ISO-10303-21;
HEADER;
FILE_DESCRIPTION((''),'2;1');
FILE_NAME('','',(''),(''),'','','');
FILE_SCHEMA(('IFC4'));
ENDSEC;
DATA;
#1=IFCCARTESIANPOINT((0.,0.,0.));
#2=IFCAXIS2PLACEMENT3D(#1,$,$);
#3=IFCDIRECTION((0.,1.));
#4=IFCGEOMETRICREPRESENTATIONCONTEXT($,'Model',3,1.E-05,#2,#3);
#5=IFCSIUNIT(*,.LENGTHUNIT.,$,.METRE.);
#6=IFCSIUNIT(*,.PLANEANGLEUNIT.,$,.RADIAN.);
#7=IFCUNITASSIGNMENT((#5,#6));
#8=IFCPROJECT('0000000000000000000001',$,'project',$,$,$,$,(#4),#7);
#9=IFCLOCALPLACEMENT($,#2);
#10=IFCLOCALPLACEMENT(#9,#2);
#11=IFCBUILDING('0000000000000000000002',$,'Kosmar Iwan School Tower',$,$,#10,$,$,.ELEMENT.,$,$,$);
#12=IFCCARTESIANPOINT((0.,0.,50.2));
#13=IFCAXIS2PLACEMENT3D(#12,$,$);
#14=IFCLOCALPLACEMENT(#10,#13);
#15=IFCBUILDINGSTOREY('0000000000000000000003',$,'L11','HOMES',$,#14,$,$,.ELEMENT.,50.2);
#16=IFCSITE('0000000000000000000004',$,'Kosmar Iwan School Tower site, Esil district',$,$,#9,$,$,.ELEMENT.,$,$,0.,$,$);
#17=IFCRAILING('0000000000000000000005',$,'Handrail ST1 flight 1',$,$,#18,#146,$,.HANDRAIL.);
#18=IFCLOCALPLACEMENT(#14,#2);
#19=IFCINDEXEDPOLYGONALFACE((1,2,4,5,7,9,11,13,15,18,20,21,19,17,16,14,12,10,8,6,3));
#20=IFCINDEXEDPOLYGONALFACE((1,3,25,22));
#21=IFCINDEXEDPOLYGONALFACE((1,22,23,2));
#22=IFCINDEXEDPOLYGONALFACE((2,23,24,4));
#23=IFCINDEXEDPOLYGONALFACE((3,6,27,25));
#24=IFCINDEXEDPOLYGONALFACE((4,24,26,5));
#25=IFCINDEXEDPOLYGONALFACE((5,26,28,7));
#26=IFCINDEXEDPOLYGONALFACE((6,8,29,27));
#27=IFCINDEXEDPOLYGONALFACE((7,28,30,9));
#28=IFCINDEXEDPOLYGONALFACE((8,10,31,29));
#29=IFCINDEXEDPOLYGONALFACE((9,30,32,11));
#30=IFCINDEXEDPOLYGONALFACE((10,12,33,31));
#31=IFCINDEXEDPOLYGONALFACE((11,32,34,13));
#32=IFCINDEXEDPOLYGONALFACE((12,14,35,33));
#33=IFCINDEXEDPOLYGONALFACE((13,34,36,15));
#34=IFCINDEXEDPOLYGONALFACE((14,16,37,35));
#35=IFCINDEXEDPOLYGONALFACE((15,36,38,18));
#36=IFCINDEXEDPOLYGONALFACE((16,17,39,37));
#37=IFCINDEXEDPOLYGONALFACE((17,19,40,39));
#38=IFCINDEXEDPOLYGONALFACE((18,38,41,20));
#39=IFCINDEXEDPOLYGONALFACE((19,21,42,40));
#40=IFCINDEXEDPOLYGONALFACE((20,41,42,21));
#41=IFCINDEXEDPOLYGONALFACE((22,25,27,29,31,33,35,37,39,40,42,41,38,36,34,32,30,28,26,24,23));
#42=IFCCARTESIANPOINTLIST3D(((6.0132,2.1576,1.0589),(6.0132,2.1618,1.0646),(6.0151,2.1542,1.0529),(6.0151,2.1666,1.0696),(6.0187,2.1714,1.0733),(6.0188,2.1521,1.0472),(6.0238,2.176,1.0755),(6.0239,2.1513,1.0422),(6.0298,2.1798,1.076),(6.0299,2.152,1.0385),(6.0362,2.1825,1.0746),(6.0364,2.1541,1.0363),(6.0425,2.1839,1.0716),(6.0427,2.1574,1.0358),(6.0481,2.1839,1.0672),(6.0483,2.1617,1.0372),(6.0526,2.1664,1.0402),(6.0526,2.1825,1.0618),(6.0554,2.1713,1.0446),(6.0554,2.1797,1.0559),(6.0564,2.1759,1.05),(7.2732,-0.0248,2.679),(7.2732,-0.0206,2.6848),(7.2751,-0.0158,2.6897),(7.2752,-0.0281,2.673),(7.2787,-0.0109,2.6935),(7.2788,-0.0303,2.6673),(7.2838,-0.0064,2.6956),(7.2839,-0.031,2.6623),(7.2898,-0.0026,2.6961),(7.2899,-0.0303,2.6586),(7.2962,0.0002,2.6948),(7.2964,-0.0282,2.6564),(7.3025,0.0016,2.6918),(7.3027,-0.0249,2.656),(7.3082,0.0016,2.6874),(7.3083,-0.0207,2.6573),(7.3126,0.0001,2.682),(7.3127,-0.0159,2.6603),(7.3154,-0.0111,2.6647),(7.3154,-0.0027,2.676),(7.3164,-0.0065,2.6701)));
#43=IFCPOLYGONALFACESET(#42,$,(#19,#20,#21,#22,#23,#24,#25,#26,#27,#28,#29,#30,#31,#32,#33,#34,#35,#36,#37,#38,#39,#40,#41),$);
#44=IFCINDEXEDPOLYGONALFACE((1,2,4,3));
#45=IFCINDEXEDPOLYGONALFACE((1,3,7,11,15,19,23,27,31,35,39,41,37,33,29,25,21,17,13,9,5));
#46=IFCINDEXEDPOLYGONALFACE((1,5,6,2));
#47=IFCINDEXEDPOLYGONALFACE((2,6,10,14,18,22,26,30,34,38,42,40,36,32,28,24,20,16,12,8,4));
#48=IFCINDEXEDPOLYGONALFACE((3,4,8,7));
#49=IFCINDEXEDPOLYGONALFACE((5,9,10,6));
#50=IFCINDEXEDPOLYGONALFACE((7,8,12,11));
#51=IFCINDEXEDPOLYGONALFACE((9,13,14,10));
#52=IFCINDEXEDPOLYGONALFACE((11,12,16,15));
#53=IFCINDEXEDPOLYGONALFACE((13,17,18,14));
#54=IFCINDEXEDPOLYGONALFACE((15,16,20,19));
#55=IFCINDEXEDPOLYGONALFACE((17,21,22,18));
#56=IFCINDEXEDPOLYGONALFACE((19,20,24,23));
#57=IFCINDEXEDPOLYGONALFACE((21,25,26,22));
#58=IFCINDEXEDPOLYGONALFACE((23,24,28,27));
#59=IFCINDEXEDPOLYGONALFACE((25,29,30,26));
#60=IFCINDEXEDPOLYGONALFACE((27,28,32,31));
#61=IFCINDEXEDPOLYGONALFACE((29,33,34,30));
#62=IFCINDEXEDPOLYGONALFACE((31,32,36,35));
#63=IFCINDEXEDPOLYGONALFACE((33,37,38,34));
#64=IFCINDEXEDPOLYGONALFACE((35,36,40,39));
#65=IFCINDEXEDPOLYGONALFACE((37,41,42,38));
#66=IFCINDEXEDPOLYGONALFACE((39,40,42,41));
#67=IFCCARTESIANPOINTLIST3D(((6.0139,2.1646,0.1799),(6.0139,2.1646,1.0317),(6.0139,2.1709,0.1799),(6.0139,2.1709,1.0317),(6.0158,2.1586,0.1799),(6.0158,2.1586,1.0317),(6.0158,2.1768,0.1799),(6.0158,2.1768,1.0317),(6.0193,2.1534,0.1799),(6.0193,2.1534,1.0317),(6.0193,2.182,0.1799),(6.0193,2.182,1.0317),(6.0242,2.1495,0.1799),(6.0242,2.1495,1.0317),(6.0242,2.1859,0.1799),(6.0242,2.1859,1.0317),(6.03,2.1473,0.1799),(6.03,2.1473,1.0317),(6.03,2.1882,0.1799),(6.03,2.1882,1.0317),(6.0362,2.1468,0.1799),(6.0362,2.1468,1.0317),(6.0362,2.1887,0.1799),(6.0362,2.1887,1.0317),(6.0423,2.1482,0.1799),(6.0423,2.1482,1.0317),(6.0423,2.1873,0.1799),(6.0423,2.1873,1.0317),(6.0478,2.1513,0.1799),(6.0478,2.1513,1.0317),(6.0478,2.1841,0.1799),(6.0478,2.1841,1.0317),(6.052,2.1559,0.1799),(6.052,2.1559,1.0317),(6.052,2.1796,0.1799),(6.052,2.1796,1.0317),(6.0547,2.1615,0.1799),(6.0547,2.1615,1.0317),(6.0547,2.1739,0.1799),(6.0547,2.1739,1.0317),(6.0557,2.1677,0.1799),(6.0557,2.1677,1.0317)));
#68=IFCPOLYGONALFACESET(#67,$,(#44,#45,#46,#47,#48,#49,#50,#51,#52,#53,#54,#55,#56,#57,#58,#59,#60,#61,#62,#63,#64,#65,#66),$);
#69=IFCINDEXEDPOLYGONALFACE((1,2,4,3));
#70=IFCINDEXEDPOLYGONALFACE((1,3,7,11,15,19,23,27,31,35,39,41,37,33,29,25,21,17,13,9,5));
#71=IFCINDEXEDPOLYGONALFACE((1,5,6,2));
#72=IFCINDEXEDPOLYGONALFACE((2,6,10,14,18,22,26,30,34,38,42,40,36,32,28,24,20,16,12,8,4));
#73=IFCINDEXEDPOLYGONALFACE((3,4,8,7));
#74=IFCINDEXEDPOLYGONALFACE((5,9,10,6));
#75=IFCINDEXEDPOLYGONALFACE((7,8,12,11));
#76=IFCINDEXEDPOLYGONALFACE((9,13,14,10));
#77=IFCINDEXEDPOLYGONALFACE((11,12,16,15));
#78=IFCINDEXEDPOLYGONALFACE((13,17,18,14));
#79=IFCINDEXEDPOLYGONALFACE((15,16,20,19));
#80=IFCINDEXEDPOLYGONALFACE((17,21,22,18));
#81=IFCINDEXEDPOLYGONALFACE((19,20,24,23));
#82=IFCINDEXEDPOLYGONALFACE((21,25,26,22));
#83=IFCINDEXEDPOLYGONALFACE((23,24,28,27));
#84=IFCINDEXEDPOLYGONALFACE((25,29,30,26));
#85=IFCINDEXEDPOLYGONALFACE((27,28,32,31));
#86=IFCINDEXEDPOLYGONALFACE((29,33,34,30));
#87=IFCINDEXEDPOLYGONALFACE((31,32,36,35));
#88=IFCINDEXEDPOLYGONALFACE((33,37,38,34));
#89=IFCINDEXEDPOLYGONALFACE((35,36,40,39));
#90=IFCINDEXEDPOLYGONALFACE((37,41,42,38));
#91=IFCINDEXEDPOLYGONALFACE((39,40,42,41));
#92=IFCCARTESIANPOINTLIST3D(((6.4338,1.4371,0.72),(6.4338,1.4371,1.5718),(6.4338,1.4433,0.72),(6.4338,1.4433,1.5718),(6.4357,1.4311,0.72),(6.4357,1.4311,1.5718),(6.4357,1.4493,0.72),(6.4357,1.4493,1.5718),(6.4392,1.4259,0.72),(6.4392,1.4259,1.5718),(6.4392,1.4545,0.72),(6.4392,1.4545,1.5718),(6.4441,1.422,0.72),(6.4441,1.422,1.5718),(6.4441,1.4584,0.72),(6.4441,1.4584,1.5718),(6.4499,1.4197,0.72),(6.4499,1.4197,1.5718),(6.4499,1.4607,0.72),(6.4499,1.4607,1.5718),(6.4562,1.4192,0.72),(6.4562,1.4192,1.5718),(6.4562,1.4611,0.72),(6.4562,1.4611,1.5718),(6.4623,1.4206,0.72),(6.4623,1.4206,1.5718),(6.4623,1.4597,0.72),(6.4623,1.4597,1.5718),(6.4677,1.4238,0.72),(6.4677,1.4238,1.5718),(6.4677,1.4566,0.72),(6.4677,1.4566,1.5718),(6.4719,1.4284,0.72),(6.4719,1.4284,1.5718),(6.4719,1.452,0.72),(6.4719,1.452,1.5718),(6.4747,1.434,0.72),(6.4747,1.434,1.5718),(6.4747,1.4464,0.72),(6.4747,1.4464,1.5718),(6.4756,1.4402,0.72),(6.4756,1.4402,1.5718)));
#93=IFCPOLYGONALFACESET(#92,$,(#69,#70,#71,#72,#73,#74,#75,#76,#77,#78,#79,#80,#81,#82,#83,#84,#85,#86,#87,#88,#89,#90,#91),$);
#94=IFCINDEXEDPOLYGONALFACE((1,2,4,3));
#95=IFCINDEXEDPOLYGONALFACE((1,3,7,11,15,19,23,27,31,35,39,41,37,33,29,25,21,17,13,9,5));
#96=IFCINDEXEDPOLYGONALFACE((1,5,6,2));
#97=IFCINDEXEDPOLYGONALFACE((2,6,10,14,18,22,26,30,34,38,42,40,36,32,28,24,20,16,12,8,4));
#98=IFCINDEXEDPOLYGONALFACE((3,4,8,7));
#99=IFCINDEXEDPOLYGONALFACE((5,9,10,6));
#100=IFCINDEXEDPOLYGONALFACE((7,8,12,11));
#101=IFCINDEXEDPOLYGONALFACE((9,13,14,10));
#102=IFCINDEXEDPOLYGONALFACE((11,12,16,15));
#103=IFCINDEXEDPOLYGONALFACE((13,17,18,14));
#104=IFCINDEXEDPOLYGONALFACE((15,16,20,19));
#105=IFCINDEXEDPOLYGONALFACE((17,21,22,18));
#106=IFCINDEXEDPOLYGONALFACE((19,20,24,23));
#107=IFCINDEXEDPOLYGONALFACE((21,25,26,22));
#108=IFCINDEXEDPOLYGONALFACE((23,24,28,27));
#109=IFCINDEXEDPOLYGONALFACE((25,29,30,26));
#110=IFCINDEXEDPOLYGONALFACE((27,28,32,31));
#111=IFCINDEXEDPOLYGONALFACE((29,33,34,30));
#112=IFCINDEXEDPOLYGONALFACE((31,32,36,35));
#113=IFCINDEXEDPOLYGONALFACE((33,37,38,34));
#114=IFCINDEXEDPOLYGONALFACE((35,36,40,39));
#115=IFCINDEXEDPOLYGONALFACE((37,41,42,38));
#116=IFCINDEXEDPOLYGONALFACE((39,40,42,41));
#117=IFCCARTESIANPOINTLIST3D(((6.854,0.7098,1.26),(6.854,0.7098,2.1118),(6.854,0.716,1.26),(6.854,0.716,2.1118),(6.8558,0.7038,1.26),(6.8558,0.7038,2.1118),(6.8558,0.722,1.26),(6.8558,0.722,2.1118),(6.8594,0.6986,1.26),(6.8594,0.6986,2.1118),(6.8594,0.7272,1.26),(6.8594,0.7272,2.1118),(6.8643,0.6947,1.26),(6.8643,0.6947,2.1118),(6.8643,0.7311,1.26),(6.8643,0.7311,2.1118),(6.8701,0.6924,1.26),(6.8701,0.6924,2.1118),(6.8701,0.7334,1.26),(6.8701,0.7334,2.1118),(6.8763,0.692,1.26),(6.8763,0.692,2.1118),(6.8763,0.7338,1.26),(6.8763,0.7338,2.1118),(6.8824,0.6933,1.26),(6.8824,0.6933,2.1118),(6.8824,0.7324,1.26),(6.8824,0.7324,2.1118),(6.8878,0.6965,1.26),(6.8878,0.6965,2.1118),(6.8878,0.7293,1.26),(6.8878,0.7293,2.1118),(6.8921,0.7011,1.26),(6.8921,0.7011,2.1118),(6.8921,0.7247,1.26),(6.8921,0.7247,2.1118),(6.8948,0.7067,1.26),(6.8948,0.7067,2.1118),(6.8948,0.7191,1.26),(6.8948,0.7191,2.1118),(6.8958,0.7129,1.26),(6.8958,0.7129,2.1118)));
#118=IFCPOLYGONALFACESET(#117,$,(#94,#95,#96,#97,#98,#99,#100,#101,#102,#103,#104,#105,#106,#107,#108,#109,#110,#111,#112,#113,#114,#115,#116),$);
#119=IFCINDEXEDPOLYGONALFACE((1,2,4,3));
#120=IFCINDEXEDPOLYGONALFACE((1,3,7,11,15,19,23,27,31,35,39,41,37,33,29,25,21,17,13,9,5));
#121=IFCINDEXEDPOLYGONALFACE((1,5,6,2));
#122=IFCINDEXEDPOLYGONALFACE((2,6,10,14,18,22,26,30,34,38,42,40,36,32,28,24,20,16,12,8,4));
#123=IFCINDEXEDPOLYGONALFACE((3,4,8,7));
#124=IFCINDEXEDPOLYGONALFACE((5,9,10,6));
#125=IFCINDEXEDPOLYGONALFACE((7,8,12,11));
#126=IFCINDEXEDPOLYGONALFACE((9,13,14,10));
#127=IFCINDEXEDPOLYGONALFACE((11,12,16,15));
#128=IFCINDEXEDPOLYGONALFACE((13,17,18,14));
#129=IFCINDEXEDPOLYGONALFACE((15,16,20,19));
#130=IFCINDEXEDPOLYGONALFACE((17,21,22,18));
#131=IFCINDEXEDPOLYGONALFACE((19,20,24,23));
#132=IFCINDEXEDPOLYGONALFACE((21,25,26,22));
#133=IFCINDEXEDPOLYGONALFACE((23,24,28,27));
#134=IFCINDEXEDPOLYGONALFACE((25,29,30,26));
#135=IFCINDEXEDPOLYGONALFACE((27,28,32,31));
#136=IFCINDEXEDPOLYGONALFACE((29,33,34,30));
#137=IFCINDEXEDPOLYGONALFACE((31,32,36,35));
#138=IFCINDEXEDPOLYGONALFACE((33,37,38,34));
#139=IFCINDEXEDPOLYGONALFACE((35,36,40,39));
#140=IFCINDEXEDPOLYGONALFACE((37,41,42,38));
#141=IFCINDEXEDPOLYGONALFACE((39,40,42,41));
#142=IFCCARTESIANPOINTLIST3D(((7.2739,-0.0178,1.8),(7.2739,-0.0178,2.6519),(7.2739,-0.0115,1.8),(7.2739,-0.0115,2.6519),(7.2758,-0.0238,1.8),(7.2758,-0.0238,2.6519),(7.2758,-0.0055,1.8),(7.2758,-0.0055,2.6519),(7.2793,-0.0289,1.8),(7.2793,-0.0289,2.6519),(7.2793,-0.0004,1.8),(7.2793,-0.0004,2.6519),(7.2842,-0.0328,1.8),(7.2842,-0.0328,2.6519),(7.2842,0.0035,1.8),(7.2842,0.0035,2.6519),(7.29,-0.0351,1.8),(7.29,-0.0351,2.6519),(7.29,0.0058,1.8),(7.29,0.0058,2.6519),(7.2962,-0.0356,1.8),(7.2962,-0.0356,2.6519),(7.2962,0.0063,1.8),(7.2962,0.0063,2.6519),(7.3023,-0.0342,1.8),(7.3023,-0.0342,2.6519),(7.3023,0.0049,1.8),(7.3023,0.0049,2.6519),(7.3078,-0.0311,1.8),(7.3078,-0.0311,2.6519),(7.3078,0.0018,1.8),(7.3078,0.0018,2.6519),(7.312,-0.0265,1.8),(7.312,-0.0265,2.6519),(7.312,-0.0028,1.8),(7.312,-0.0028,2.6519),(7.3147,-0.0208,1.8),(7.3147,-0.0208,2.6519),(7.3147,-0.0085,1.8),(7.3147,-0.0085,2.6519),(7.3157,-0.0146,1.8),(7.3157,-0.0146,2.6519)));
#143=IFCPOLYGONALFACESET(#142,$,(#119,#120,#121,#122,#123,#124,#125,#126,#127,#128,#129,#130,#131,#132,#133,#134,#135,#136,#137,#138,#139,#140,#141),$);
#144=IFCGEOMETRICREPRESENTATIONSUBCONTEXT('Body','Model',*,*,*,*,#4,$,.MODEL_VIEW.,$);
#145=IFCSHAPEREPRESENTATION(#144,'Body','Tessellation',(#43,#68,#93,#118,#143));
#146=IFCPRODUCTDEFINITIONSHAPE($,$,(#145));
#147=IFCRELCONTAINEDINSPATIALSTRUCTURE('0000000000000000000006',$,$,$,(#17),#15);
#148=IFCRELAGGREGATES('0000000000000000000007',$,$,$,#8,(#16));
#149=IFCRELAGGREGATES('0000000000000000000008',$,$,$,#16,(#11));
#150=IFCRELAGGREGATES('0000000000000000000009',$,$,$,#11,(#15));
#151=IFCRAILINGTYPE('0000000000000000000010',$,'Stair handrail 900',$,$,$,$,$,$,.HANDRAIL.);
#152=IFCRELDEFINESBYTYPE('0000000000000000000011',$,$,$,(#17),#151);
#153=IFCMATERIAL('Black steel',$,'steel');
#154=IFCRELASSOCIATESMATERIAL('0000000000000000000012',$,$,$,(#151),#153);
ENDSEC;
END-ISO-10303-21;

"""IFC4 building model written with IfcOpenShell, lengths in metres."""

from ifc_helpers import new_model, si_unit, direction, frame, origin, origin_2d, place, context, subcontext, project, spatial, circle, extrude, material, type_object, element, save


model = new_model("IFC4")

# Units and contexts
model_context = context("Model", 3, precision=1e-05, world=origin(), true_north=direction((0.0, 1.0)))
body_context = subcontext(model_context, "Body", "Model", "MODEL_VIEW")
ifc_project = project(units=[si_unit("LENGTHUNIT", "METRE"), si_unit("PLANEANGLEUNIT", "RADIAN")], contexts=[model_context])

# Site, building, storey
site_placement = place(None, origin())
site = spatial("IfcSite", under=ifc_project, at=site_placement, Name="Kosmar Iwan School Tower site, Esil district", CompositionType="ELEMENT", RefElevation=0.0)
building_placement = place(site_placement, origin())
building = spatial("IfcBuilding", under=site, at=building_placement, Name="Kosmar Iwan School Tower", CompositionType="ELEMENT")
storey_placement = place(building_placement, frame((0.0, 0.0, 50.2)))
storey = spatial("IfcBuildingStorey", under=building, at=storey_placement, Name="L11", Description="HOMES", CompositionType="ELEMENT", Elevation=50.2)

# Railing
ifc_material_1 = material(Name="Black steel", Category="steel")
railing_type = type_object("IfcRailingType", Name="Stair handrail 900", PredefinedType="HANDRAIL", material=ifc_material_1)
railing_placement = place(storey_placement, frame((6.0347, 2.1677, 0.1799)))
element("IfcRailing", 1, at=railing_placement, inside=storey, type_object=railing_type, Name="Handrail ST1 flight 1", PredefinedType="HANDRAIL", context=body_context, shape_type="SweptSolid", body=[
    extrude(circle(Radius=0.0239, at=origin_2d()), frame((0.0, 0.0, 0.876), z_axis=(0.420584, -0.728464, 0.540786), x_axis=(0.866023, 0.500005, 0.0)), (0.0, 0.0, 1.0), 2.9958),
    extrude(circle(Radius=0.021, at=origin_2d()), origin(), (0.0, 0.0, 1.0), 0.8518),
    extrude(circle(Radius=0.021, at=origin_2d()), frame((0.4199, -0.7275, 0.54)), (0.0, 0.0, 1.0), 0.8518),
    extrude(circle(Radius=0.021, at=origin_2d()), frame((0.8401, -1.4548, 1.0801)), (0.0, 0.0, 1.0), 0.8518),
    extrude(circle(Radius=0.021, at=origin_2d()), frame((1.26, -2.1824, 1.6201)), (0.0, 0.0, 1.0), 0.8518),
])

save(model, "model.ifc")
